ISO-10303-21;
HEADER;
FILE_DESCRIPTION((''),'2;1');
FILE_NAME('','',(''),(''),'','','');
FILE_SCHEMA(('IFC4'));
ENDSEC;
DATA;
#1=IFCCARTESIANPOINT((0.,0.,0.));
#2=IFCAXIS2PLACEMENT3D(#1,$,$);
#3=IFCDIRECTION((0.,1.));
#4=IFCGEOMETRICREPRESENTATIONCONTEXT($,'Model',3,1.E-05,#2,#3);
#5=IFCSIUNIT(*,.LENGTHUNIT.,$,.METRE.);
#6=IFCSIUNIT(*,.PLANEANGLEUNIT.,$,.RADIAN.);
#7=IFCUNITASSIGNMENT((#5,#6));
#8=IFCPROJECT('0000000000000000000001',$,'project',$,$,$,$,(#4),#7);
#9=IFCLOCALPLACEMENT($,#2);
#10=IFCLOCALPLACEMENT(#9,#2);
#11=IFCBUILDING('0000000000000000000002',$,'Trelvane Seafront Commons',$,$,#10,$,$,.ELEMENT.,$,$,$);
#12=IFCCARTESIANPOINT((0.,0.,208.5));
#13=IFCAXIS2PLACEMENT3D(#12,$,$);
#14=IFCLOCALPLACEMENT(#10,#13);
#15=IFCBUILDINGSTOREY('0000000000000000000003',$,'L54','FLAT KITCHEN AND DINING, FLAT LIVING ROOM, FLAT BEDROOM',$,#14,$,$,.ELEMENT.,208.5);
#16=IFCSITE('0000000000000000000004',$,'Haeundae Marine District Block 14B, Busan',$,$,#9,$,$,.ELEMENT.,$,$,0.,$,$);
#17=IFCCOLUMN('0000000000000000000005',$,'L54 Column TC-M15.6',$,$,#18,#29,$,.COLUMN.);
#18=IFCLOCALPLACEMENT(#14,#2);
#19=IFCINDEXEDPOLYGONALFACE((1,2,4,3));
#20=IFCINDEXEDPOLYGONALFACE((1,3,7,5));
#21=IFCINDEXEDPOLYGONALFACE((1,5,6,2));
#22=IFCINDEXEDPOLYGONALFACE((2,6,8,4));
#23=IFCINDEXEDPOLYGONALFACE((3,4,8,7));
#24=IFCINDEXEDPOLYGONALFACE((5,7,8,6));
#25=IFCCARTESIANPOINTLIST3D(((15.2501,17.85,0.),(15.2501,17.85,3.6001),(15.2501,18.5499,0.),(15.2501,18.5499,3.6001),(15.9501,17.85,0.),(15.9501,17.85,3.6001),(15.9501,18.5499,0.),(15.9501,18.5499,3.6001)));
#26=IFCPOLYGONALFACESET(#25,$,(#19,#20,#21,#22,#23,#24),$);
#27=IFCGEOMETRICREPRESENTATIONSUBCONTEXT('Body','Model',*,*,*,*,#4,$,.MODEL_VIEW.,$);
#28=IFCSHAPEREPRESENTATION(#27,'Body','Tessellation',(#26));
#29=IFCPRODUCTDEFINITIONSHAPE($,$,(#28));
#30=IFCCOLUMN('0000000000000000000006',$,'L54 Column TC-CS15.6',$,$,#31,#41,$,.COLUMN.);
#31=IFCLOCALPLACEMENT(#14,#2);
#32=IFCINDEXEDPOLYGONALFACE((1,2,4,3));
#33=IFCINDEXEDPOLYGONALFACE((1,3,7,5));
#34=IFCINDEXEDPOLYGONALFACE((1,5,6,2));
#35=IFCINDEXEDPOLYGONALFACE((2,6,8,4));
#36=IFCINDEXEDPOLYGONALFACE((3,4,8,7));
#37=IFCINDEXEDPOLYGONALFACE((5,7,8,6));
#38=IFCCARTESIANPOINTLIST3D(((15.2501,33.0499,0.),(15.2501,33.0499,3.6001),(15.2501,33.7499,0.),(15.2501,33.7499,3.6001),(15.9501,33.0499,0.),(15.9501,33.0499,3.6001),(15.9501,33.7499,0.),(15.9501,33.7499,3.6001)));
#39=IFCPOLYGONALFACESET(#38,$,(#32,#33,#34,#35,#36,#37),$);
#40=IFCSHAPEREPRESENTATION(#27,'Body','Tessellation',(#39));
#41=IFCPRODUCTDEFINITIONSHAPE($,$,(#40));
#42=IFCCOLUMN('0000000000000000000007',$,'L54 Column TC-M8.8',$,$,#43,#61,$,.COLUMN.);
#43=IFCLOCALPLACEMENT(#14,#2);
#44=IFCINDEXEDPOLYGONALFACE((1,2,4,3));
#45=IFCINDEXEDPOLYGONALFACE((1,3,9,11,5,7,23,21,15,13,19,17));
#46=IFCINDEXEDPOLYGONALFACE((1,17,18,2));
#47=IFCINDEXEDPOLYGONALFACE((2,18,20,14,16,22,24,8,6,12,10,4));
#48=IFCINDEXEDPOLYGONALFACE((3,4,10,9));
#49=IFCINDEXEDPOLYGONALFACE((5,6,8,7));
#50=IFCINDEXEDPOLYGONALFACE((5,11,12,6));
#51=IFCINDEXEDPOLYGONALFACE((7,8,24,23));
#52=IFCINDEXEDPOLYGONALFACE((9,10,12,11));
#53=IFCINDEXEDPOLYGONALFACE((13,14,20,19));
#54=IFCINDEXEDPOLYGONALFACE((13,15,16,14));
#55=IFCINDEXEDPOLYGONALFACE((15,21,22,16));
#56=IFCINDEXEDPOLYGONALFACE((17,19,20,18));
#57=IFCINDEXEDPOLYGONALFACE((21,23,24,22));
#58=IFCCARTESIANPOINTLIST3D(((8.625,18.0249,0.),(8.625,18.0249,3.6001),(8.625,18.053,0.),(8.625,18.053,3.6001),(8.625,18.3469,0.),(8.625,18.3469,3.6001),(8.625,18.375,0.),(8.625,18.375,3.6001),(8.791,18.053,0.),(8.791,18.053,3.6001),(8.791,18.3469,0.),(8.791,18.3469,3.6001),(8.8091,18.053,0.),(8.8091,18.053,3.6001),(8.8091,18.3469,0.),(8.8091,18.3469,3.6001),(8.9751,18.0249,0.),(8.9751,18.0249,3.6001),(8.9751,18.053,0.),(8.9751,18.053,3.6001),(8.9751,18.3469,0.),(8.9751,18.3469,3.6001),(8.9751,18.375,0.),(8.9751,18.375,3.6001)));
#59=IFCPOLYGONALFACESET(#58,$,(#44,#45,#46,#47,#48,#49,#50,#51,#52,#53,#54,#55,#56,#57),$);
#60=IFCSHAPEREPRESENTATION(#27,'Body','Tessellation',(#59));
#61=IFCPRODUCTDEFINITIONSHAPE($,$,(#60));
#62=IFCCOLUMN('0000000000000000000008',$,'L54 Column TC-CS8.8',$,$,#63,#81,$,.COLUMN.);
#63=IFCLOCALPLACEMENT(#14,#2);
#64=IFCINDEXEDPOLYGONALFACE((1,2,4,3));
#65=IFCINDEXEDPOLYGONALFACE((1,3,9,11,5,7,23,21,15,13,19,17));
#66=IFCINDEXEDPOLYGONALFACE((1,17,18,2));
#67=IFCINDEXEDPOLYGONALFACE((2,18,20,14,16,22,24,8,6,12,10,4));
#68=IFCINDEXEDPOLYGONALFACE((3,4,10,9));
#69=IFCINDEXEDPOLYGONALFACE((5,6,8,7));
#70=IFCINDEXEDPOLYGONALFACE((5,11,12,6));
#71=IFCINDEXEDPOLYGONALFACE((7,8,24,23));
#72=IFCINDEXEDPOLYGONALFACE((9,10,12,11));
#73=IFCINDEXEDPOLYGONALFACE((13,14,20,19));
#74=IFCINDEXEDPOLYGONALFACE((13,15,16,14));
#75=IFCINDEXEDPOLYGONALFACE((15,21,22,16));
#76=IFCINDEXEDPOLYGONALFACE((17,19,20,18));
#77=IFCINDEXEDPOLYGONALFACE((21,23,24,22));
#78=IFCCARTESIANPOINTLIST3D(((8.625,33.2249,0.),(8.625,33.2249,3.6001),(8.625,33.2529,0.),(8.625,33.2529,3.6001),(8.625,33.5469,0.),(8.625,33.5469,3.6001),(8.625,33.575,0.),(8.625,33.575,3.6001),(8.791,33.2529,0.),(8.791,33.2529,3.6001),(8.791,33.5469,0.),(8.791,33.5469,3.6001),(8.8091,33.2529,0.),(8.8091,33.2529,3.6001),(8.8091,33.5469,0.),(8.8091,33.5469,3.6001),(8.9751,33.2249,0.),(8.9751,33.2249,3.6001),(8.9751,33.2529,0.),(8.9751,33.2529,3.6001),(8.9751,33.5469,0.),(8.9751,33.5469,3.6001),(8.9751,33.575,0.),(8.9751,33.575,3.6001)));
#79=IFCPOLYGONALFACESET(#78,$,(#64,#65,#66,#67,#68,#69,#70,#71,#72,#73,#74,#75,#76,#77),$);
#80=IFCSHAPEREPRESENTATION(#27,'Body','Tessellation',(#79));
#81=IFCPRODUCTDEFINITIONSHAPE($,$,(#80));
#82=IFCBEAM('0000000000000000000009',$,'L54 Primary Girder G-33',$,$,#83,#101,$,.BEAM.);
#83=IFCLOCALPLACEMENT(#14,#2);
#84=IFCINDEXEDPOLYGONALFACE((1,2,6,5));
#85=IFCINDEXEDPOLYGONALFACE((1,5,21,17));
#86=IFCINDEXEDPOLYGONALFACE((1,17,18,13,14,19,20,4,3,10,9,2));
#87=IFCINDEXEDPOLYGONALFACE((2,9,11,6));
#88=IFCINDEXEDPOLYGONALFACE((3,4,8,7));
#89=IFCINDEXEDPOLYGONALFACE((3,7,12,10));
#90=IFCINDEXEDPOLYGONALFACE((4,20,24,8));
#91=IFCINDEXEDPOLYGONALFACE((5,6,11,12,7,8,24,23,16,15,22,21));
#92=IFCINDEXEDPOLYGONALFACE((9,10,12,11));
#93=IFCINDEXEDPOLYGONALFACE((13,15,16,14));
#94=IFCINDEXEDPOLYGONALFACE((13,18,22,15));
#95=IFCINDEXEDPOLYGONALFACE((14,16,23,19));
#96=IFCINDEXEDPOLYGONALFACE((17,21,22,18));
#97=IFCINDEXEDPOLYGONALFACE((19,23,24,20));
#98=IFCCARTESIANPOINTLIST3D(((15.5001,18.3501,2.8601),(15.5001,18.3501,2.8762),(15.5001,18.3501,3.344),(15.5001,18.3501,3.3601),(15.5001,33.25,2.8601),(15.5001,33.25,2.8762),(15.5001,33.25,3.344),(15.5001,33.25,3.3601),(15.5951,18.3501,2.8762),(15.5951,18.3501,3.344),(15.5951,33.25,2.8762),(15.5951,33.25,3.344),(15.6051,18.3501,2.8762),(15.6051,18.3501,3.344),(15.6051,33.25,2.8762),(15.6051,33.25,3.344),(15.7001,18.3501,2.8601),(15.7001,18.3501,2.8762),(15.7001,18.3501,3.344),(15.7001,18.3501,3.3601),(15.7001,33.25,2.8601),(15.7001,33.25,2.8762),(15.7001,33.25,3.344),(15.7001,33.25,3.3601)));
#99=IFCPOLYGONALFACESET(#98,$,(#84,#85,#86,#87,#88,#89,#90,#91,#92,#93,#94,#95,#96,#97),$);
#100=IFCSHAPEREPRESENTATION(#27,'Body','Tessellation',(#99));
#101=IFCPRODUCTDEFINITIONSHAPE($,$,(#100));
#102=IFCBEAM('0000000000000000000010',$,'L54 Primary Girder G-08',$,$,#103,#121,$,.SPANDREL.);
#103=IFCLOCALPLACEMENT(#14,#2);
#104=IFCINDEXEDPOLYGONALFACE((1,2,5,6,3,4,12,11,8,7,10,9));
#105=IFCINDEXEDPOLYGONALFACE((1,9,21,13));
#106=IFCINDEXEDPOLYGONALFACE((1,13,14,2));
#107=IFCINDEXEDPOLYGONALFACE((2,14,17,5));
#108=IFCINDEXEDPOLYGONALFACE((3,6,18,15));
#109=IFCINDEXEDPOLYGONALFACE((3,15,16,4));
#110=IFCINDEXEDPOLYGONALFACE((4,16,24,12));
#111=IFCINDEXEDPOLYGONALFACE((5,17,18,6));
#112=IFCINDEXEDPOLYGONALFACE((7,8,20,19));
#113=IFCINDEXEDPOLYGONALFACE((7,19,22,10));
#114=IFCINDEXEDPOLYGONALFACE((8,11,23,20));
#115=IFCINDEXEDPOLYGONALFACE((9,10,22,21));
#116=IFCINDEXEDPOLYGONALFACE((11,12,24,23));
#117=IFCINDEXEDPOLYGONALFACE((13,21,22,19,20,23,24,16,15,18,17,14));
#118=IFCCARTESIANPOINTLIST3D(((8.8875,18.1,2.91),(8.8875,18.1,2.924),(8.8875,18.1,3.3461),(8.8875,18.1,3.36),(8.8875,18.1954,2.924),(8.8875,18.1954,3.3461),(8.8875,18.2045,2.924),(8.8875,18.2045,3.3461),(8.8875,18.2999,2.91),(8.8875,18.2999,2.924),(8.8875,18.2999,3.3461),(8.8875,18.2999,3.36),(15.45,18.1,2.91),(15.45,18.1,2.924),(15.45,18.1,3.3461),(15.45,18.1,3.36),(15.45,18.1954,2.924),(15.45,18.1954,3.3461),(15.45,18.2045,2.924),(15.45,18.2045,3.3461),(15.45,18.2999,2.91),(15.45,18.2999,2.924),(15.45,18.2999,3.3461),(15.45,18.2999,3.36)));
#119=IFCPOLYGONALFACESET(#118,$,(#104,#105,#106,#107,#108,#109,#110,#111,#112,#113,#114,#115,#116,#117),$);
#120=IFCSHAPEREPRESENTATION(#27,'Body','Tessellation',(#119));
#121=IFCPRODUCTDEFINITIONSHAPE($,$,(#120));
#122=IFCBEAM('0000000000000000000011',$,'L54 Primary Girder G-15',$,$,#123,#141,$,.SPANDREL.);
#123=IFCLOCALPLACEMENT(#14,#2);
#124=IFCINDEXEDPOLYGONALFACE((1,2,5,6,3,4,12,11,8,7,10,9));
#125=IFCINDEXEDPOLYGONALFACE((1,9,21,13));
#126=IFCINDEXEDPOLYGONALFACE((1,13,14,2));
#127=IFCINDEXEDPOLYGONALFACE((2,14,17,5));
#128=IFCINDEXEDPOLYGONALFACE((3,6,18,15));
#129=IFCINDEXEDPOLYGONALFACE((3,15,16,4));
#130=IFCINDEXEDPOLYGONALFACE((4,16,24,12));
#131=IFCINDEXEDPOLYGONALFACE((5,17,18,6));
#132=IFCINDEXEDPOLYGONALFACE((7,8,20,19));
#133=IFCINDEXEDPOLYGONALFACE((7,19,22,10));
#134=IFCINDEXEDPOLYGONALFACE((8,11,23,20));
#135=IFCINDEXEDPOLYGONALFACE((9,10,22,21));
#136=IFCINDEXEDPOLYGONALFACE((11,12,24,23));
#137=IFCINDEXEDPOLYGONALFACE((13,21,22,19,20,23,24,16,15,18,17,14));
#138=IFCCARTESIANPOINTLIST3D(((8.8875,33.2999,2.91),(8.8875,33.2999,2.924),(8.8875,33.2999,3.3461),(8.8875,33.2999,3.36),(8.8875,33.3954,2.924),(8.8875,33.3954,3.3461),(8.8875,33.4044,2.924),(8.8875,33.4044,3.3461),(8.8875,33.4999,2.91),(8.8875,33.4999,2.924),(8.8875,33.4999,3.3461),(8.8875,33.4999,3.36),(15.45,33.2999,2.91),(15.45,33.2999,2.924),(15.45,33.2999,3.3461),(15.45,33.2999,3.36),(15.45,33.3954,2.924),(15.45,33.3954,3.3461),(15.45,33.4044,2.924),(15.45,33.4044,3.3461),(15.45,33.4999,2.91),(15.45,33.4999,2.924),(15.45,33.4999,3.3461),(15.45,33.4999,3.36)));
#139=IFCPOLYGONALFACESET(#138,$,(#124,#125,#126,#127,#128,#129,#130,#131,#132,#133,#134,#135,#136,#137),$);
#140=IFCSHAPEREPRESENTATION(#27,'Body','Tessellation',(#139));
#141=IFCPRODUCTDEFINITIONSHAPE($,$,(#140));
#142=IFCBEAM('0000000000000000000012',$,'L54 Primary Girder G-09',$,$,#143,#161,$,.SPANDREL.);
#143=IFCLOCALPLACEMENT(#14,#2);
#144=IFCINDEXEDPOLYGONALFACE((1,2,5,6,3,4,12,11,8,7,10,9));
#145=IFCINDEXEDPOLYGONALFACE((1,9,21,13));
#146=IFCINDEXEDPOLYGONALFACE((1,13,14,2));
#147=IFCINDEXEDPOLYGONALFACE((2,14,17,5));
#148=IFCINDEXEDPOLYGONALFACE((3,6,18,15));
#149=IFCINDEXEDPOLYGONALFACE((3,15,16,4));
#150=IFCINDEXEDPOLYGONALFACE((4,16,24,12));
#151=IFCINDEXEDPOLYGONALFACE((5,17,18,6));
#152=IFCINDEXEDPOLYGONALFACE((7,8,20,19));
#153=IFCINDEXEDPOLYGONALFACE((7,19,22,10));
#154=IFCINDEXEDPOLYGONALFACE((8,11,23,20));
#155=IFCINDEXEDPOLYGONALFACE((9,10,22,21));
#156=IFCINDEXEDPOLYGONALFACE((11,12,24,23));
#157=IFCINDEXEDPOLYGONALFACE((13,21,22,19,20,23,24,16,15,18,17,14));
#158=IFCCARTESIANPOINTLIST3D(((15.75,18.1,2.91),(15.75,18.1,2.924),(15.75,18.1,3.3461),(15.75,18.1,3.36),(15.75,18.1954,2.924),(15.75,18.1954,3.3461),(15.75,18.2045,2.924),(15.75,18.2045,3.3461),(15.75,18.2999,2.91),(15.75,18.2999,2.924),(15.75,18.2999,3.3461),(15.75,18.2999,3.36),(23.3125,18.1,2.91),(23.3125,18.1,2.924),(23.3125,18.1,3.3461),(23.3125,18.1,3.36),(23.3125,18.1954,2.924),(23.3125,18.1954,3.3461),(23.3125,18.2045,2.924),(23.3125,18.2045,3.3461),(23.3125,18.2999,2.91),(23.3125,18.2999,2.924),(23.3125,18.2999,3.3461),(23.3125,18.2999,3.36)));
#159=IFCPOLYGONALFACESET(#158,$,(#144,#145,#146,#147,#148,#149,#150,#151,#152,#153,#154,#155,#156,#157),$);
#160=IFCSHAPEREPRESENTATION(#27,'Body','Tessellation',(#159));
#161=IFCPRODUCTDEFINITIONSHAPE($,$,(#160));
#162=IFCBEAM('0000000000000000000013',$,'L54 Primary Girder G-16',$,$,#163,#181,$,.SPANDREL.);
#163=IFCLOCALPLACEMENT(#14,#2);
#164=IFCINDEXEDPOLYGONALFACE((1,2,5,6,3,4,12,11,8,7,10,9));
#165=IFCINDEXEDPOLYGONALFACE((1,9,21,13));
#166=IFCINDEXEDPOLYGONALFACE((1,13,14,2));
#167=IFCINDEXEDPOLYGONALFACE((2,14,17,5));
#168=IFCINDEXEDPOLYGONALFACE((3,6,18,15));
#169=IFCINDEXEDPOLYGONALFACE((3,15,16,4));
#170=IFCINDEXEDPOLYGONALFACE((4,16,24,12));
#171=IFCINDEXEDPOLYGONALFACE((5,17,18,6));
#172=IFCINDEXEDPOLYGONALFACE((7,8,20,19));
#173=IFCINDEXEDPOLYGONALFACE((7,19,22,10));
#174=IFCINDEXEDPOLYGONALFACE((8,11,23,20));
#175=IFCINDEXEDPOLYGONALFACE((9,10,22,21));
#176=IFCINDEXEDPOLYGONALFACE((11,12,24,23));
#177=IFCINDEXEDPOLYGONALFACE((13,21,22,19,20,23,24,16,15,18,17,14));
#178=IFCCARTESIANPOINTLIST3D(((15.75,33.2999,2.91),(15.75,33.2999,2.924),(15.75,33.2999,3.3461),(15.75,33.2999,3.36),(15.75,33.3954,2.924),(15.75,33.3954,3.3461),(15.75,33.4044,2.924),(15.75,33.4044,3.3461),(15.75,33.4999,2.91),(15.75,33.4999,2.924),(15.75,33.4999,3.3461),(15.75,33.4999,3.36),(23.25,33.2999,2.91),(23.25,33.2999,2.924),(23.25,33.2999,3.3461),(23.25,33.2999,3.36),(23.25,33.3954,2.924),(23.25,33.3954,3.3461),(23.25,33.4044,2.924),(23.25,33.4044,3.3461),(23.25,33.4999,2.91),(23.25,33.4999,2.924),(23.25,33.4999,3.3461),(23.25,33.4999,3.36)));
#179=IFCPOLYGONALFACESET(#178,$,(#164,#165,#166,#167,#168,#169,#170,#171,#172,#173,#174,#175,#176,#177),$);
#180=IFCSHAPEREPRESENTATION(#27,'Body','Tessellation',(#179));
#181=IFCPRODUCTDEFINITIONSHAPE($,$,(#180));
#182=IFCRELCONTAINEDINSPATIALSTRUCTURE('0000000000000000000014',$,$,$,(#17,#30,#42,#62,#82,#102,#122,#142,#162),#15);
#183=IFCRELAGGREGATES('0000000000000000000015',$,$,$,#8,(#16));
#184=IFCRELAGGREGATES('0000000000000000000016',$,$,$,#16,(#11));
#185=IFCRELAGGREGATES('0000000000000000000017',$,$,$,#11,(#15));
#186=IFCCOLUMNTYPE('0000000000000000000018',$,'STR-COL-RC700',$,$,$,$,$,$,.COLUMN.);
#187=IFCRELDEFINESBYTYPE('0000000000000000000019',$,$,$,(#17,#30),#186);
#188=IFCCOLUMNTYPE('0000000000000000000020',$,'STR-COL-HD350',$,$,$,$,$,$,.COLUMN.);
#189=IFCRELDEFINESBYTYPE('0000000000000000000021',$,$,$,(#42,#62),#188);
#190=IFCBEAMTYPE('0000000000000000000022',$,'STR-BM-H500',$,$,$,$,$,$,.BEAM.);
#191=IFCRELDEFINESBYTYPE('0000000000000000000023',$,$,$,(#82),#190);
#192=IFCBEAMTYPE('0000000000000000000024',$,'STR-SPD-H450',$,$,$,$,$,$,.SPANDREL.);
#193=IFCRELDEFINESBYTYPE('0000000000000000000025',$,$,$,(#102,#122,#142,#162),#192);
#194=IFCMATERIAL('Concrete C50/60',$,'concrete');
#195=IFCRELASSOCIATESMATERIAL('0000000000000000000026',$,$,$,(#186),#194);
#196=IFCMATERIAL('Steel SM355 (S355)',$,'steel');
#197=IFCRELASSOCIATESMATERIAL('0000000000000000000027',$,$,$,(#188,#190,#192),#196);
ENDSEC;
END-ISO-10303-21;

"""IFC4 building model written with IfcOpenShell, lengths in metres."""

from ifc_helpers import new_model, si_unit, direction, frame, origin, origin_2d, place, context, subcontext, project, spatial, rectangle, i_section, extrude, source, transform, mapped, material, material_profile, profile_set, type_object, element, save


model = new_model("IFC4")

# Units and contexts
model_context = context("Model", 3, precision=1e-05, world=origin(), true_north=direction((0.0, 1.0)))
body_context = subcontext(model_context, "Body", "Model", "MODEL_VIEW")
ifc_project = project(units=[si_unit("LENGTHUNIT", "METRE"), si_unit("PLANEANGLEUNIT", "RADIAN")], contexts=[model_context])

# Site, building, storey
site_placement = place(None, origin())
site = spatial("IfcSite", under=ifc_project, at=site_placement, Name="Haeundae Marine District Block 14B, Busan", CompositionType="ELEMENT", RefElevation=0.0)
building_placement = place(site_placement, origin())
building = spatial("IfcBuilding", under=site, at=building_placement, Name="Trelvane Seafront Commons", CompositionType="ELEMENT")
storey_placement = place(building_placement, frame((0.0, 0.0, 208.5)))
storey = spatial("IfcBuildingStorey", under=building, at=storey_placement, Name="L54", Description="FLAT KITCHEN AND DINING, FLAT LIVING ROOM, FLAT BEDROOM", CompositionType="ELEMENT", Elevation=208.5)

# Columns
ifc_material_1 = material(Name="Concrete C50/60", Category="concrete")
ifc_material_profile_1 = material_profile(ifc_material_1, rectangle(XDim=0.7, YDim=0.7, at=origin_2d()), Name="RC-700x700")
ifc_profile_set_1 = profile_set([ifc_material_profile_1], Name="Concrete C50/60")
column_type_1 = type_object("IfcColumnType", Name="STR-COL-RC700", PredefinedType="COLUMN", material=ifc_profile_set_1)
shared_shape_1 = source(origin(), body_context, "Body", "SweptSolid", [
    extrude(rectangle(XDim=0.7, YDim=0.7, at=origin_2d()), origin(), (0.0, 0.0, 1.0), 3.6001),
])
for number, where, z_axis, x_axis, name in (
    (1, (15.6001, 18.2, 0.0), (0.0, 0.0, 1.0), (1.0, 0.0, 0.0), "L54 Column TC-M15.6"),
    (2, (15.6001, 33.3999, 0.0), (0.0, 0.0, 1.0), (1.0, 0.0, 0.0), "L54 Column TC-CS15.6"),
):
    element("IfcColumn", number, at=place(storey_placement, frame(where, z_axis=z_axis, x_axis=x_axis)), inside=storey, type_object=column_type_1, Name=name, PredefinedType="COLUMN", context=body_context, shape_type="MappedRepresentation", body=[
        mapped(shared_shape_1, transform((0.0, 0.0, 0.0), x_axis=(1.0, 0.0, 0.0), y_axis=(0.0, 1.0, 0.0), z_axis=(0.0, 0.0, 1.0), scale=1.0)),
    ])
ifc_material_2 = material(Name="Steel SM355 (S355)", Category="steel")
ifc_material_profile_2 = material_profile(ifc_material_2, i_section(OverallWidth=0.3501, OverallDepth=0.3501, WebThickness=0.0181, FlangeThickness=0.0281, at=origin_2d()), Name="HD-350x350x18x28")
ifc_profile_set_2 = profile_set([ifc_material_profile_2], Name="Steel SM355 (S355)")
column_type_2 = type_object("IfcColumnType", Name="STR-COL-HD350", PredefinedType="COLUMN", material=ifc_profile_set_2)
shared_shape_2 = source(origin(), body_context, "Body", "SweptSolid", [
    extrude(i_section(OverallWidth=0.3501, OverallDepth=0.3501, WebThickness=0.0181, FlangeThickness=0.0281, at=origin_2d()), origin(), (0.0, 0.0, 1.0), 3.6001),
])
for number, where, z_axis, x_axis, name in (
    (3, (8.8, 18.2, 0.0), (0.0, 0.0, 1.0), (1.0, 0.0, 0.0), "L54 Column TC-M8.8"),
    (4, (8.8, 33.3999, 0.0), (0.0, 0.0, 1.0), (1.0, 0.0, 0.0), "L54 Column TC-CS8.8"),
):
    element("IfcColumn", number, at=place(storey_placement, frame(where, z_axis=z_axis, x_axis=x_axis)), inside=storey, type_object=column_type_2, Name=name, PredefinedType="COLUMN", context=body_context, shape_type="MappedRepresentation", body=[
        mapped(shared_shape_2, transform((0.0, 0.0, 0.0), x_axis=(1.0, 0.0, 0.0), y_axis=(0.0, 1.0, 0.0), z_axis=(0.0, 0.0, 1.0), scale=1.0)),
    ])

# Beams
ifc_material_profile_3 = material_profile(ifc_material_2, i_section(OverallWidth=0.2, OverallDepth=0.5, WebThickness=0.01, FlangeThickness=0.0161, at=origin_2d()), Name="H-500x200x10x16")
ifc_profile_set_3 = profile_set([ifc_material_profile_3], Name="Steel SM355 (S355)")
beam_type_1 = type_object("IfcBeamType", Name="STR-BM-H500", PredefinedType="BEAM", material=ifc_profile_set_3)
shared_shape_3 = source(origin(), body_context, "Body", "SweptSolid", [
    extrude(i_section(OverallWidth=0.2, OverallDepth=0.5, WebThickness=0.01, FlangeThickness=0.0161, at=origin_2d()), origin(), (0.0, 0.0, 1.0), 14.8999),
])
beam_1_placement = place(storey_placement, frame((15.6001, 18.3501, 3.1101), z_axis=(0.0, 1.0, 0.0), x_axis=(-1.0, 0.0, 0.0)))
element("IfcBeam", 5, at=beam_1_placement, inside=storey, type_object=beam_type_1, Name="L54 Primary Girder G-33", PredefinedType="BEAM", context=body_context, shape_type="MappedRepresentation", body=[
    mapped(shared_shape_3, transform((0.0, 0.0, 0.0), x_axis=(1.0, 0.0, 0.0), y_axis=(0.0, 1.0, 0.0), z_axis=(0.0, 0.0, 1.0), scale=1.0)),
])
ifc_material_profile_4 = material_profile(ifc_material_2, i_section(OverallWidth=0.2, OverallDepth=0.45, WebThickness=0.009, FlangeThickness=0.0139, at=origin_2d()), Name="H-450x200x9x14")
ifc_profile_set_4 = profile_set([ifc_material_profile_4], Name="Steel SM355 (S355)")
beam_type_2 = type_object("IfcBeamType", Name="STR-SPD-H450", PredefinedType="SPANDREL", material=ifc_profile_set_4)
shared_shape_4 = source(origin(), body_context, "Body", "SweptSolid", [
    extrude(i_section(OverallWidth=0.2, OverallDepth=0.45, WebThickness=0.009, FlangeThickness=0.0139, at=origin_2d()), origin(), (0.0, 0.0, 1.0), 6.5625),
])
for number, where, z_axis, x_axis, name in (
    (6, (8.8875, 18.2, 3.135), (1.0, 0.0, 0.0), (0.0, 1.0, 0.0), "L54 Primary Girder G-08"),
    (7, (8.8875, 33.3999, 3.135), (1.0, 0.0, 0.0), (0.0, 1.0, 0.0), "L54 Primary Girder G-15"),
):
    element("IfcBeam", number, at=place(storey_placement, frame(where, z_axis=z_axis, x_axis=x_axis)), inside=storey, type_object=beam_type_2, Name=name, PredefinedType="SPANDREL", context=body_context, shape_type="MappedRepresentation", body=[
        mapped(shared_shape_4, transform((0.0, 0.0, 0.0), x_axis=(1.0, 0.0, 0.0), y_axis=(0.0, 1.0, 0.0), z_axis=(0.0, 0.0, 1.0), scale=1.0)),
    ])
shared_shape_5 = source(origin(), body_context, "Body", "SweptSolid", [
    extrude(i_section(OverallWidth=0.2, OverallDepth=0.45, WebThickness=0.009, FlangeThickness=0.0139, at=origin_2d()), origin(), (0.0, 0.0, 1.0), 7.5625),
])
beam_2_placement = place(storey_placement, frame((15.75, 18.2, 3.135), z_axis=(1.0, 0.0, 0.0), x_axis=(0.0, 1.0, 0.0)))
element("IfcBeam", 8, at=beam_2_placement, inside=storey, type_object=beam_type_2, Name="L54 Primary Girder G-09", PredefinedType="SPANDREL", context=body_context, shape_type="MappedRepresentation", body=[
    mapped(shared_shape_5, transform((0.0, 0.0, 0.0), x_axis=(1.0, 0.0, 0.0), y_axis=(0.0, 1.0, 0.0), z_axis=(0.0, 0.0, 1.0), scale=1.0)),
])
shared_shape_6 = source(origin(), body_context, "Body", "SweptSolid", [
    extrude(i_section(OverallWidth=0.2, OverallDepth=0.45, WebThickness=0.009, FlangeThickness=0.0139, at=origin_2d()), origin(), (0.0, 0.0, 1.0), 7.5),
])
beam_3_placement = place(storey_placement, frame((15.75, 33.3999, 3.135), z_axis=(1.0, 0.0, 0.0), x_axis=(0.0, 1.0, 0.0)))
element("IfcBeam", 9, at=beam_3_placement, inside=storey, type_object=beam_type_2, Name="L54 Primary Girder G-16", PredefinedType="SPANDREL", context=body_context, shape_type="MappedRepresentation", body=[
    mapped(shared_shape_6, transform((0.0, 0.0, 0.0), x_axis=(1.0, 0.0, 0.0), y_axis=(0.0, 1.0, 0.0), z_axis=(0.0, 0.0, 1.0), scale=1.0)),
])

save(model, "model.ifc")
